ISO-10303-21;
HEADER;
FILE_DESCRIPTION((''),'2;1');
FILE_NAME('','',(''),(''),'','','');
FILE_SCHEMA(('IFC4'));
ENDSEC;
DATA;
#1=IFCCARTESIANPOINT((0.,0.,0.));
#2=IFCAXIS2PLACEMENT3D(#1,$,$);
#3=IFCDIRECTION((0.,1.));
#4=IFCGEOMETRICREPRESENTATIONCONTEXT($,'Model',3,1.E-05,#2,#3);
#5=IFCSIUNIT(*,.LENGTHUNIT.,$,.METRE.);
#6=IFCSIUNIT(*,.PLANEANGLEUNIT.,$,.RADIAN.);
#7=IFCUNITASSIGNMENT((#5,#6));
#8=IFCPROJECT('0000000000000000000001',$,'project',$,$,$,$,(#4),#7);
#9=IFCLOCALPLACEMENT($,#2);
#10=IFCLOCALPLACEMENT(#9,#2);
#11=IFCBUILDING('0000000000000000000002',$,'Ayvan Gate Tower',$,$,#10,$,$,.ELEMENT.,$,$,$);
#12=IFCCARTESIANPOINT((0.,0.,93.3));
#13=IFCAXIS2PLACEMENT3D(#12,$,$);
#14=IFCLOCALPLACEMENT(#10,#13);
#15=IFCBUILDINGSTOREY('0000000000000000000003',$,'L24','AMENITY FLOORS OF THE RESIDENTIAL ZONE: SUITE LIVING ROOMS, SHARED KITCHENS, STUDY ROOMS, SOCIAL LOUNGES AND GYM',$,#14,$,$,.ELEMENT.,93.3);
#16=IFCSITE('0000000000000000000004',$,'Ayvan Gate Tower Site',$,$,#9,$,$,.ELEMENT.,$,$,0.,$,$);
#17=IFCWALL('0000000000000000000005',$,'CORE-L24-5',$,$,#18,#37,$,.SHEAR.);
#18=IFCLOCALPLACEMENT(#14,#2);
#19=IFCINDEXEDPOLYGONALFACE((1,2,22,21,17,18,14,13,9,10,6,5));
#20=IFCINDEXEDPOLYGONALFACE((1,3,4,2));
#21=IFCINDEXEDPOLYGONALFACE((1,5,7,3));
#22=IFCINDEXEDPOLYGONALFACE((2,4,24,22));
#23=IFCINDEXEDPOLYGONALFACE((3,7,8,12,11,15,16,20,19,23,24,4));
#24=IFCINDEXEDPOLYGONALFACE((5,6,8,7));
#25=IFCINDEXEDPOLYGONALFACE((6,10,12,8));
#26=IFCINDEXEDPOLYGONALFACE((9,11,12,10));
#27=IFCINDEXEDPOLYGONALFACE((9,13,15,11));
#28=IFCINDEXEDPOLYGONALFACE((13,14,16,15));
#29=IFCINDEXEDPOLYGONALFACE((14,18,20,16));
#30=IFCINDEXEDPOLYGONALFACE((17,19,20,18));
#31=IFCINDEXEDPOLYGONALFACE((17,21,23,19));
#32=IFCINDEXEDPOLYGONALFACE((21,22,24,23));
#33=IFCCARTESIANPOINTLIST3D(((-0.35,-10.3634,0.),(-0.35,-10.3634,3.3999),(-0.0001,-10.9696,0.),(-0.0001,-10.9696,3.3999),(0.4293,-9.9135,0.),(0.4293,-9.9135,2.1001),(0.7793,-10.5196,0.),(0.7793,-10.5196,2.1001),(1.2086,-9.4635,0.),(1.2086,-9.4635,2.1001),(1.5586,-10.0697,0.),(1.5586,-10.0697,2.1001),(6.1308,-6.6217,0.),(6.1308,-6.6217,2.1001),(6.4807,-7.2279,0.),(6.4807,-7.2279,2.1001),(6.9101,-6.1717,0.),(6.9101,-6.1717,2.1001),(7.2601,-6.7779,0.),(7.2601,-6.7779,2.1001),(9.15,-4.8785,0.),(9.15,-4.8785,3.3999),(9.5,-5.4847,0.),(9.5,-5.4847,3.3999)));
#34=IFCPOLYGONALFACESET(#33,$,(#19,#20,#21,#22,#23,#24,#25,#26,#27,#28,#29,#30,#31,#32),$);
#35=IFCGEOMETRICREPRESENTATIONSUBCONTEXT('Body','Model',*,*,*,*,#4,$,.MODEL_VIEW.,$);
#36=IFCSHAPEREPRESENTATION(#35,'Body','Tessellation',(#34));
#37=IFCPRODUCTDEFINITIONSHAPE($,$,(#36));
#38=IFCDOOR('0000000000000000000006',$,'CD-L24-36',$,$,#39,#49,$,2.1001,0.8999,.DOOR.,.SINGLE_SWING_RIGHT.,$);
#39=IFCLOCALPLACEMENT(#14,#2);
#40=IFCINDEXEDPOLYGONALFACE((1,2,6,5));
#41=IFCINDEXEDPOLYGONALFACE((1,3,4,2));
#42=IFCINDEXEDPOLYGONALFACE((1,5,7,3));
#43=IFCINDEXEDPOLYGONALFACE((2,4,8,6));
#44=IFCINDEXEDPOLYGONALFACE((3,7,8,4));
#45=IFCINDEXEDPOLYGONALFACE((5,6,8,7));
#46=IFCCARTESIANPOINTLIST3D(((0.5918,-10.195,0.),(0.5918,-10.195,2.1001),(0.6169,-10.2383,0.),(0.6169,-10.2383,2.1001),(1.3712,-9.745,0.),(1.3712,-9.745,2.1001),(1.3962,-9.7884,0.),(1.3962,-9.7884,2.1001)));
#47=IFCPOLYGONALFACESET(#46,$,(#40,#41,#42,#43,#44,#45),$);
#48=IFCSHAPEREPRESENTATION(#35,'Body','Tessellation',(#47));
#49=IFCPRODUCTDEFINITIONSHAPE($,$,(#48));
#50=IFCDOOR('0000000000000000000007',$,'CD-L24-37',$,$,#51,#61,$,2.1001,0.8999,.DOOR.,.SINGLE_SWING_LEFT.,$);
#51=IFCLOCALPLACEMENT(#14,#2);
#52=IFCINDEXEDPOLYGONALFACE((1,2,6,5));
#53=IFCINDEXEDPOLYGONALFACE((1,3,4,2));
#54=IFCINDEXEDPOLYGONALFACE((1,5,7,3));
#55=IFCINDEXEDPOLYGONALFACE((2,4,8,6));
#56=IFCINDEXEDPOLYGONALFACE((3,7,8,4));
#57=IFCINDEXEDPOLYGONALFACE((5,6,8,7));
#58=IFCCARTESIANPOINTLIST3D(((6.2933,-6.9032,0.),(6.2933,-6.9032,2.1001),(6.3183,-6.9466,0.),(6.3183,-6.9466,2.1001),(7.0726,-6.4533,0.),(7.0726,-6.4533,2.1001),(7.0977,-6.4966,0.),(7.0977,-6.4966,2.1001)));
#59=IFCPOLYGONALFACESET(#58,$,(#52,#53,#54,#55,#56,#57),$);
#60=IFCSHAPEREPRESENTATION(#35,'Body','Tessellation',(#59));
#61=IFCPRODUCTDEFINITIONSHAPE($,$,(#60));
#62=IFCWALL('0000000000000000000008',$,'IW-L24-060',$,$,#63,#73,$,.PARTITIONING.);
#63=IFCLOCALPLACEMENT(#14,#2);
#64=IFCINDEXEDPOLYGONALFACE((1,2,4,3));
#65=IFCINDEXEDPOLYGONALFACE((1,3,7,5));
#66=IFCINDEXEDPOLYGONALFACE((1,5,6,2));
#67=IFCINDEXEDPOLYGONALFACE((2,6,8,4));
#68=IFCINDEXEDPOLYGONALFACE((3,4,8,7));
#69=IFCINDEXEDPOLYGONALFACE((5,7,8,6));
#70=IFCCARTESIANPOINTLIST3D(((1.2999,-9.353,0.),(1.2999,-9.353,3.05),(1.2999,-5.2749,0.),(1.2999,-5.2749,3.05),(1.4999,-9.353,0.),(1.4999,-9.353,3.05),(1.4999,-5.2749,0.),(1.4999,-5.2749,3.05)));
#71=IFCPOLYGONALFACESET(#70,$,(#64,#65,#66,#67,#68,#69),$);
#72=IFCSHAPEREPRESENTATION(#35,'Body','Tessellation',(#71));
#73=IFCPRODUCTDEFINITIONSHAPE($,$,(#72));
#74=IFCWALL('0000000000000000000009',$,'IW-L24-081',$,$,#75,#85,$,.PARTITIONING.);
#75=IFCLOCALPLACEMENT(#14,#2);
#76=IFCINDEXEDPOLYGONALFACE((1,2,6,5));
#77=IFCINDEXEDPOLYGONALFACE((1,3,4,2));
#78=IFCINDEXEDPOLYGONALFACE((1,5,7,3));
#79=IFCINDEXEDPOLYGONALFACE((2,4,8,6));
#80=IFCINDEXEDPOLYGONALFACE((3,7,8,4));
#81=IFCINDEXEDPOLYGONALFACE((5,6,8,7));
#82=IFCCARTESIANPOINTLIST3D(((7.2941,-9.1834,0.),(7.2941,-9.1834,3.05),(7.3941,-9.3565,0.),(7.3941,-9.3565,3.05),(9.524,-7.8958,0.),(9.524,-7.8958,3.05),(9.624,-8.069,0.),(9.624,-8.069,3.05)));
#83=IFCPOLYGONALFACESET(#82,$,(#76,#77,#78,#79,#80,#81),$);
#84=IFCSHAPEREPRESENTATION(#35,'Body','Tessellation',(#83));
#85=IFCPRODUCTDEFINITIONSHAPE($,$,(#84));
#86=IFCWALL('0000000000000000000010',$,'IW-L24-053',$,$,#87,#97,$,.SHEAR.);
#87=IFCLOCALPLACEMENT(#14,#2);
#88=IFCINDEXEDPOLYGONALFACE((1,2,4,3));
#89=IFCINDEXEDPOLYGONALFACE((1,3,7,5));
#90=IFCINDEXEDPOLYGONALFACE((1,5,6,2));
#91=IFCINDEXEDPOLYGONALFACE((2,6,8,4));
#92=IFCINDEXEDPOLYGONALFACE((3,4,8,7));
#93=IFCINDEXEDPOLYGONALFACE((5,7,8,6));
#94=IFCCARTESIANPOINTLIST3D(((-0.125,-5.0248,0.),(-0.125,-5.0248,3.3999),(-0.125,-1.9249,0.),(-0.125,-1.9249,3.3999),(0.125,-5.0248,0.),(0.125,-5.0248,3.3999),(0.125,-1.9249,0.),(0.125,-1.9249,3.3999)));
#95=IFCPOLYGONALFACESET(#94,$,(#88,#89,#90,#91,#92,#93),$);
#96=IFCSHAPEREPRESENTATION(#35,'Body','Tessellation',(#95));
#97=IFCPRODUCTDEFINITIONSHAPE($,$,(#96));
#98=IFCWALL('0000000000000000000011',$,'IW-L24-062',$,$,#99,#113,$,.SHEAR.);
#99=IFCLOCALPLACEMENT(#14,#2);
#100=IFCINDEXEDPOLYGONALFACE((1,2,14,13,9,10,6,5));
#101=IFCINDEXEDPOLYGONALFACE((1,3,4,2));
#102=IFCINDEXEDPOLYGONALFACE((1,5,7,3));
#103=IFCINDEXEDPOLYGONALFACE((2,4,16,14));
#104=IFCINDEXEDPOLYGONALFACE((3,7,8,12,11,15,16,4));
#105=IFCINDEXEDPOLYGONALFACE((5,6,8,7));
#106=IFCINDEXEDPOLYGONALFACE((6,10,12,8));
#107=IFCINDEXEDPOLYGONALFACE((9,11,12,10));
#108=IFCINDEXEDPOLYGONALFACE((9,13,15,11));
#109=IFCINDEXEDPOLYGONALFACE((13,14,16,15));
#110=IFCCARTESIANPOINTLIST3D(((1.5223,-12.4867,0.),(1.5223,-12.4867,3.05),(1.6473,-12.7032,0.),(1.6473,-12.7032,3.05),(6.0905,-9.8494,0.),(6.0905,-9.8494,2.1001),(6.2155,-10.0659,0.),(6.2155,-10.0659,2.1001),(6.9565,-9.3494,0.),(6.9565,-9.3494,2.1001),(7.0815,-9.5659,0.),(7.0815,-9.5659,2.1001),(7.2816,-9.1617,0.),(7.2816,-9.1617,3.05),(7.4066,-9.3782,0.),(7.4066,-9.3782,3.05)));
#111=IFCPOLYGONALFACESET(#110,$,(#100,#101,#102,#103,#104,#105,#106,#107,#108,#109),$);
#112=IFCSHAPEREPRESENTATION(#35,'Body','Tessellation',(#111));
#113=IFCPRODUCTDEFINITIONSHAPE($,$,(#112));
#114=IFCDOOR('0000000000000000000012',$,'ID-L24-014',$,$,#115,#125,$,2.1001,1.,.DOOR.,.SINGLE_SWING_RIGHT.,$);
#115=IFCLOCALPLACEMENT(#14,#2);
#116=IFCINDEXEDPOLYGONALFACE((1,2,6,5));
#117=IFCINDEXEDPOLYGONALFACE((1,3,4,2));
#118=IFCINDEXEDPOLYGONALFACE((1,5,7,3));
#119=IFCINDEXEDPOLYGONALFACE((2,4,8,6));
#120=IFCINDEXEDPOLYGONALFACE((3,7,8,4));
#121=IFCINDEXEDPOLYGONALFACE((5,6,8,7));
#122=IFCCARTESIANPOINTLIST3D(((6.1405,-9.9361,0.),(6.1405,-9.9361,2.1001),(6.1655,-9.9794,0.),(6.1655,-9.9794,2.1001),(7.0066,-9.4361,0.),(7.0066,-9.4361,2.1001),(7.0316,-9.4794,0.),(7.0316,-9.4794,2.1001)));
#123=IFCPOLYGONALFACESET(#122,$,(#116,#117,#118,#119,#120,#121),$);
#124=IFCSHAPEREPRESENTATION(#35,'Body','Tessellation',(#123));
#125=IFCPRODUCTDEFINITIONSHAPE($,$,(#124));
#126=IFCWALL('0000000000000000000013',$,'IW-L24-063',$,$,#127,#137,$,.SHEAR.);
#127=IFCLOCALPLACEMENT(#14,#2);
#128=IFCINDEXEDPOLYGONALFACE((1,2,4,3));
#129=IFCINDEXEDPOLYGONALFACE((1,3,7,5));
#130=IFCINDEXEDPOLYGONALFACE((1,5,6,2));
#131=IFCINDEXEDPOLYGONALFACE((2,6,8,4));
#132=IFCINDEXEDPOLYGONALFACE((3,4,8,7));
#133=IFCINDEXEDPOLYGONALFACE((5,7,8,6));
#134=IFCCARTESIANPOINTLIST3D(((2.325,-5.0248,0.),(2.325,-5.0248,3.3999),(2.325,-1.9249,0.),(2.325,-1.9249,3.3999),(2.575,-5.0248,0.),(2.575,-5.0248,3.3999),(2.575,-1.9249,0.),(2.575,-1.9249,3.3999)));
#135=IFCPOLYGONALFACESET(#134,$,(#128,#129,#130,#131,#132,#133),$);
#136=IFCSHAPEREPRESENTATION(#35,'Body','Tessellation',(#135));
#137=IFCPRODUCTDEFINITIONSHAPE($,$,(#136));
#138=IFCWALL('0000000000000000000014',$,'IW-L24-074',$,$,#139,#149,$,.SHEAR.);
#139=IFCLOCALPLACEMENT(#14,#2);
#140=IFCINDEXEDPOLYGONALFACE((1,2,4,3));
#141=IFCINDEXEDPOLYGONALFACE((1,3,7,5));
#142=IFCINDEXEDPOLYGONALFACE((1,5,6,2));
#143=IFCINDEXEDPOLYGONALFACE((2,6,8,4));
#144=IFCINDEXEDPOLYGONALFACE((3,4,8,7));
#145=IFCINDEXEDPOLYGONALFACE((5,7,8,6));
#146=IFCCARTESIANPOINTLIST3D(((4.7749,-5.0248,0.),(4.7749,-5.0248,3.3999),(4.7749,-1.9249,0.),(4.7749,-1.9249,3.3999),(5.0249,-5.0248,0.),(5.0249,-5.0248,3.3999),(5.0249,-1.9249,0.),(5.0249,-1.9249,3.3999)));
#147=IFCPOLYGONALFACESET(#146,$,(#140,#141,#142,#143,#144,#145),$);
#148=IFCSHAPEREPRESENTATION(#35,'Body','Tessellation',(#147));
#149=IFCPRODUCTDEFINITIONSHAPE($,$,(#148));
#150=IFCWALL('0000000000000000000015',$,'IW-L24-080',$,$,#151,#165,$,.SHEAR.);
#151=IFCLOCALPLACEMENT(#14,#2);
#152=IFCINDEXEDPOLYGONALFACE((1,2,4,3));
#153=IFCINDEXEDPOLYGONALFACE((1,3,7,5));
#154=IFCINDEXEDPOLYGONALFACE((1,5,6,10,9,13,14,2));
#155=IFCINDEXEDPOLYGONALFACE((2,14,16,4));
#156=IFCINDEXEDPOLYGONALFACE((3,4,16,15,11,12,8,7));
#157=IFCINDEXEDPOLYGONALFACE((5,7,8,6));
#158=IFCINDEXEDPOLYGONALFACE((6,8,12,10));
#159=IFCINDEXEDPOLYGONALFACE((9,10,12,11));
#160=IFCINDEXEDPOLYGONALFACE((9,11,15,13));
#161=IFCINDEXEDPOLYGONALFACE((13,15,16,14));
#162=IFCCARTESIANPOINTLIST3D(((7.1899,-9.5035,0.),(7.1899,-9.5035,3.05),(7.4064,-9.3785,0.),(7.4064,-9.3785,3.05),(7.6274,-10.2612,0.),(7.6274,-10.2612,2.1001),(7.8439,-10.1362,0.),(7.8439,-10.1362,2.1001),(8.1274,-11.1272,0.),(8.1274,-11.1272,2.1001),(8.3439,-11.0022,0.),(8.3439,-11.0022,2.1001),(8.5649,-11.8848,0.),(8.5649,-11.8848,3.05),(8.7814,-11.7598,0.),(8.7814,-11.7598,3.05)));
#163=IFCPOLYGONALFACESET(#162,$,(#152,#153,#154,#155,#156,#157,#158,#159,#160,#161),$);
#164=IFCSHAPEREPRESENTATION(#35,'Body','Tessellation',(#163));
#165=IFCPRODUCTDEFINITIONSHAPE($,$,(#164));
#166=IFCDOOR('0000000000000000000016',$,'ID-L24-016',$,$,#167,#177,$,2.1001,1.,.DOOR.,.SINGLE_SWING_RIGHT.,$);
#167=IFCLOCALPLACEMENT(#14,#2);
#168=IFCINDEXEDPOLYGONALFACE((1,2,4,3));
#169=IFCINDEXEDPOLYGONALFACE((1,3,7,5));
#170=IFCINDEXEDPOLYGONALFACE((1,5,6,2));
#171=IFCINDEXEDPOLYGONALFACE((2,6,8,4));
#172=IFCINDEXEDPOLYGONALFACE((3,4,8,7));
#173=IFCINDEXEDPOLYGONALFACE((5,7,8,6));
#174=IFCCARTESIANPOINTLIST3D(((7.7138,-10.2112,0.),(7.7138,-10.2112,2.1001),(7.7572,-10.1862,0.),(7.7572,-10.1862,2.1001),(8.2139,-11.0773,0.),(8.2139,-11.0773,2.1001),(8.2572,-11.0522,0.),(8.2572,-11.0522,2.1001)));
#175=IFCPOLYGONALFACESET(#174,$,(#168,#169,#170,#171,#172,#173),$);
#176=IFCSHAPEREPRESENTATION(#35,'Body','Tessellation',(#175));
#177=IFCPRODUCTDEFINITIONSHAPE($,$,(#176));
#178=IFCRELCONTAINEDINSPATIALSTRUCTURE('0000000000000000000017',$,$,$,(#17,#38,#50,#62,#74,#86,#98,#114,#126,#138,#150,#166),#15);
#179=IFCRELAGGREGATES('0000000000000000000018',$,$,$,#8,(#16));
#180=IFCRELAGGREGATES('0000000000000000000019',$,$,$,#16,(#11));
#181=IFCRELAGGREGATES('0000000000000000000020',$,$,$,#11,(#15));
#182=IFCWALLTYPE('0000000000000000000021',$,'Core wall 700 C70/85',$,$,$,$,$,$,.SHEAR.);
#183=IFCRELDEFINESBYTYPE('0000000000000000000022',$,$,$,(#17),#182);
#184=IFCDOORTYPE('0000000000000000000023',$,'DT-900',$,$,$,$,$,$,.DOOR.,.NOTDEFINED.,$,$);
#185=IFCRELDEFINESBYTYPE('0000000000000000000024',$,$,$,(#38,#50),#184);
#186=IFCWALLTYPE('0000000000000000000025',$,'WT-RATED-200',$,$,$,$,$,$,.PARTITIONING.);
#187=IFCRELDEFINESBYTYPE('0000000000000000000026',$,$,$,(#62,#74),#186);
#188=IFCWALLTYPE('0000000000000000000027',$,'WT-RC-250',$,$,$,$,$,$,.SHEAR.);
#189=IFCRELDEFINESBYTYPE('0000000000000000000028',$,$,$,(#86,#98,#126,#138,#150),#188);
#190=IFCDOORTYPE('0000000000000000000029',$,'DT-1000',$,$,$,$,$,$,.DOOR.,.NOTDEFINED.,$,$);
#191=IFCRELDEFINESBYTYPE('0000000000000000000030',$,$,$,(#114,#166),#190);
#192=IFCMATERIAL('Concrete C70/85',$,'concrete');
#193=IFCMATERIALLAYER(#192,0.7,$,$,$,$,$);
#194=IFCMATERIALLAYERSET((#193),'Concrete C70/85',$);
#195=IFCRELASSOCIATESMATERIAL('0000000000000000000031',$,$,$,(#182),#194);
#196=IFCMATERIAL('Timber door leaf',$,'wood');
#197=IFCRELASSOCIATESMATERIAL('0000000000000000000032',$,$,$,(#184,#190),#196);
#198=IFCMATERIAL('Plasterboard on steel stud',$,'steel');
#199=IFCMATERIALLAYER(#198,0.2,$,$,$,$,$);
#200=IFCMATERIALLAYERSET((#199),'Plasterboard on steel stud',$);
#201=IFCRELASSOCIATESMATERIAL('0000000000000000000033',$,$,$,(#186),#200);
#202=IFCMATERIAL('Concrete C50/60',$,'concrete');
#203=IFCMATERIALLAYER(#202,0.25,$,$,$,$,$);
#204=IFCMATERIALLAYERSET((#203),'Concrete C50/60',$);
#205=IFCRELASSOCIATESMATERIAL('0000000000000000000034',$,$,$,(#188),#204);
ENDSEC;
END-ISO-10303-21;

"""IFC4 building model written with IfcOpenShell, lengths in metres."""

from ifc_helpers import new_model, si_unit, direction, frame, frame_2d, origin, place, context, subcontext, project, spatial, rectangle, extrude, material, layer, layer_set, type_object, element, fill, save


model = new_model("IFC4")

# Units and contexts
model_context = context("Model", 3, precision=1e-05, world=origin(), true_north=direction((0.0, 1.0)))
body_context = subcontext(model_context, "Body", "Model", "MODEL_VIEW")
ifc_project = project(units=[si_unit("LENGTHUNIT", "METRE"), si_unit("PLANEANGLEUNIT", "RADIAN")], contexts=[model_context])

# Site, building, storey
site_placement = place(None, origin())
site = spatial("IfcSite", under=ifc_project, at=site_placement, Name="Ayvan Gate Tower Site", CompositionType="ELEMENT", RefElevation=0.0)
building_placement = place(site_placement, origin())
building = spatial("IfcBuilding", under=site, at=building_placement, Name="Ayvan Gate Tower", CompositionType="ELEMENT")
storey_placement = place(building_placement, frame((0.0, 0.0, 93.3)))
storey = spatial("IfcBuildingStorey", under=building, at=storey_placement, Name="L24", Description="AMENITY FLOORS OF THE RESIDENTIAL ZONE: SUITE LIVING ROOMS, SHARED KITCHENS, STUDY ROOMS, SOCIAL LOUNGES AND GYM", CompositionType="ELEMENT", Elevation=93.3)

# Wall, openings, doors
ifc_material_1 = material(Name="Concrete C70/85", Category="concrete")
ifc_layer_1 = layer(ifc_material_1, 0.7)
ifc_layer_set_1 = layer_set([ifc_layer_1], Name="Concrete C70/85")
wall_type_1 = type_object("IfcWallType", Name="Core wall 700 C70/85", PredefinedType="SHEAR", material=ifc_layer_set_1)
wall_1_placement = place(storey_placement, frame((-0.175, -10.6665, 0.0), z_axis=(0.0, 0.0, 1.0), x_axis=(0.866024, 0.500002, 0.0)))
wall_1 = element("IfcWall", 1, at=wall_1_placement, inside=storey, type_object=wall_type_1, Name="CORE-L24-5", PredefinedType="SHEAR", context=body_context, shape_type="SweptSolid", body=[
    extrude(rectangle(XDim=10.9697, YDim=0.7, at=frame_2d((5.4849, 0.0))), origin(), (0.0, 0.0, 1.0), 3.3999),
])
opening_1_placement = place(wall_1_placement, frame((0.8999, 0.0, 0.0)))
opening_1 = element("IfcOpeningElement", 2, at=opening_1_placement, cuts=wall_1, PredefinedType="OPENING", context=body_context, shape_type="SweptSolid", body=[
    extrude(rectangle(XDim=0.8999, YDim=2.1001, at=frame_2d((0.45, 1.05))), frame((0.0, 0.3599, 0.0), z_axis=(0.0, -1.0, 0.0), x_axis=(1.0, 0.0, 0.0)), (0.0, 0.0, 1.0), 0.72),
])
opening_2_placement = place(wall_1_placement, frame((7.4834, 0.0, 0.0)))
opening_2 = element("IfcOpeningElement", 3, at=opening_2_placement, cuts=wall_1, PredefinedType="OPENING", context=body_context, shape_type="SweptSolid", body=[
    extrude(rectangle(XDim=0.8999, YDim=2.1001, at=frame_2d((0.45, 1.05))), frame((0.0, 0.3599, 0.0), z_axis=(0.0, -1.0, 0.0), x_axis=(1.0, 0.0, 0.0)), (0.0, 0.0, 1.0), 0.72),
])
ifc_material_2 = material(Name="Timber door leaf", Category="wood")
door_type_1 = type_object("IfcDoorType", Name="DT-900", OperationType="NOTDEFINED", PredefinedType="DOOR", material=ifc_material_2)
door_1_placement = place(opening_1_placement, origin())
door_1 = element("IfcDoor", 4, at=door_1_placement, inside=storey, type_object=door_type_1, Name="CD-L24-36", OperationType="SINGLE_SWING_RIGHT", OverallHeight=2.1001, OverallWidth=0.8999, PredefinedType="DOOR", context=body_context, shape_type="SweptSolid", body=[
    extrude(rectangle(XDim=0.8999, YDim=2.1001, at=frame_2d((0.45, 1.05))), frame((0.0, 0.0249, 0.0), z_axis=(0.0, -1.0, 0.0), x_axis=(1.0, 0.0, 0.0)), (0.0, 0.0, 1.0), 0.05),
])
fill(opening_1, door_1)
door_2_placement = place(opening_2_placement, origin())
door_2 = element("IfcDoor", 5, at=door_2_placement, inside=storey, type_object=door_type_1, Name="CD-L24-37", OperationType="SINGLE_SWING_LEFT", OverallHeight=2.1001, OverallWidth=0.8999, PredefinedType="DOOR", context=body_context, shape_type="SweptSolid", body=[
    extrude(rectangle(XDim=0.8999, YDim=2.1001, at=frame_2d((0.45, 1.05))), frame((0.0, 0.0249, 0.0), z_axis=(0.0, -1.0, 0.0), x_axis=(1.0, 0.0, 0.0)), (0.0, 0.0, 1.0), 0.05),
])
fill(opening_2, door_2)

# Walls
ifc_material_3 = material(Name="Plasterboard on steel stud", Category="steel")
ifc_layer_2 = layer(ifc_material_3, 0.2)
ifc_layer_set_2 = layer_set([ifc_layer_2], Name="Plasterboard on steel stud")
wall_type_2 = type_object("IfcWallType", Name="WT-RATED-200", PredefinedType="PARTITIONING", material=ifc_layer_set_2)
wall_2_placement = place(storey_placement, frame((1.3999, -5.2749, 0.0), z_axis=(0.0, 0.0, 1.0), x_axis=(0.0, -1.0, 0.0)))
element("IfcWall", 6, at=wall_2_placement, inside=storey, type_object=wall_type_2, Name="IW-L24-060", PredefinedType="PARTITIONING", context=body_context, shape_type="SweptSolid", body=[
    extrude(rectangle(XDim=4.0781, YDim=0.2, at=frame_2d((2.0391, 0.0))), origin(), (0.0, 0.0, 1.0), 3.05),
])
wall_3_placement = place(storey_placement, frame((7.344, -9.27, 0.0), z_axis=(0.0, 0.0, 1.0), x_axis=(0.866006, 0.500034, 0.0)))
element("IfcWall", 7, at=wall_3_placement, inside=storey, type_object=wall_type_2, Name="IW-L24-081", PredefinedType="PARTITIONING", context=body_context, shape_type="SweptSolid", body=[
    extrude(rectangle(XDim=2.575, YDim=0.2, at=frame_2d((1.2876, 0.0))), origin(), (0.0, 0.0, 1.0), 3.05),
])
ifc_material_4 = material(Name="Concrete C50/60", Category="concrete")
ifc_layer_3 = layer(ifc_material_4, 0.25)
ifc_layer_set_3 = layer_set([ifc_layer_3], Name="Concrete C50/60")
wall_type_3 = type_object("IfcWallType", Name="WT-RC-250", PredefinedType="SHEAR", material=ifc_layer_set_3)
wall_4_placement = place(storey_placement, frame((0.0, -1.925, 0.0), z_axis=(0.0, 0.0, 1.0), x_axis=(0.0, -1.0, 0.0)))
element("IfcWall", 8, at=wall_4_placement, inside=storey, type_object=wall_type_3, Name="IW-L24-053", PredefinedType="SHEAR", context=body_context, shape_type="SweptSolid", body=[
    extrude(rectangle(XDim=3.0999, YDim=0.25, at=frame_2d((1.5498, 0.0))), origin(), (0.0, 0.0, 1.0), 3.3999),
])

# Wall, opening, door
wall_5_placement = place(storey_placement, frame((1.5847, -12.595, 0.0), z_axis=(0.0, 0.0, 1.0), x_axis=(0.866036, 0.499981, 0.0)))
wall_5 = element("IfcWall", 9, at=wall_5_placement, inside=storey, type_object=wall_type_3, Name="IW-L24-062", PredefinedType="SHEAR", context=body_context, shape_type="SweptSolid", body=[
    extrude(rectangle(XDim=6.6501, YDim=0.25, at=frame_2d((3.3252, 0.0))), origin(), (0.0, 0.0, 1.0), 3.05),
])
opening_3_placement = place(wall_5_placement, frame((5.2749, 0.0, 0.0)))
opening_3 = element("IfcOpeningElement", 10, at=opening_3_placement, cuts=wall_5, PredefinedType="OPENING", context=body_context, shape_type="SweptSolid", body=[
    extrude(rectangle(XDim=1.0, YDim=2.1001, at=frame_2d((0.5, 1.05))), frame((0.0, 0.135, 0.0), z_axis=(0.0, -1.0, 0.0), x_axis=(1.0, 0.0, 0.0)), (0.0, 0.0, 1.0), 0.27),
])
door_type_2 = type_object("IfcDoorType", Name="DT-1000", OperationType="NOTDEFINED", PredefinedType="DOOR", material=ifc_material_2)
door_3_placement = place(opening_3_placement, origin())
door_3 = element("IfcDoor", 11, at=door_3_placement, inside=storey, type_object=door_type_2, Name="ID-L24-014", OperationType="SINGLE_SWING_RIGHT", OverallHeight=2.1001, OverallWidth=1.0, PredefinedType="DOOR", context=body_context, shape_type="SweptSolid", body=[
    extrude(rectangle(XDim=1.0, YDim=2.1001, at=frame_2d((0.5, 1.05))), frame((0.0, 0.0249, 0.0), z_axis=(0.0, -1.0, 0.0), x_axis=(1.0, 0.0, 0.0)), (0.0, 0.0, 1.0), 0.05),
])
fill(opening_3, door_3)

# Walls
for number, where, z_axis, x_axis, name in (
    (12, (2.45, -1.925, 0.0), (0.0, 0.0, 1.0), (0.0, -1.0, 0.0), "IW-L24-063"),
    (13, (4.8999, -1.925, 0.0), (0.0, 0.0, 1.0), (0.0, -1.0, 0.0), "IW-L24-074"),
):
    element("IfcWall", number, at=place(storey_placement, frame(where, z_axis=z_axis, x_axis=x_axis)), inside=storey, type_object=wall_type_3, Name=name, PredefinedType="SHEAR", context=body_context, shape_type="SweptSolid", body=[
        extrude(rectangle(XDim=3.0999, YDim=0.25, at=frame_2d((1.5498, 0.0))), origin(), (0.0, 0.0, 1.0), 3.3999),
    ])

# Wall, opening, door
wall_6_placement = place(storey_placement, frame((7.2981, -9.4409, 0.0), z_axis=(0.0, 0.0, 1.0), x_axis=(0.500035, -0.866005, 0.0)))
wall_6 = element("IfcWall", 14, at=wall_6_placement, inside=storey, type_object=wall_type_3, Name="IW-L24-080", PredefinedType="SHEAR", context=body_context, shape_type="SweptSolid", body=[
    extrude(rectangle(XDim=2.7498, YDim=0.25, at=frame_2d((1.375, 0.0))), origin(), (0.0, 0.0, 1.0), 3.05),
])
opening_4_placement = place(wall_6_placement, frame((0.875, 0.0, 0.0)))
opening_4 = element("IfcOpeningElement", 15, at=opening_4_placement, cuts=wall_6, PredefinedType="OPENING", context=body_context, shape_type="SweptSolid", body=[
    extrude(rectangle(XDim=1.0, YDim=2.1001, at=frame_2d((0.5, 1.05))), frame((0.0, 0.135, 0.0), z_axis=(0.0, -1.0, 0.0), x_axis=(1.0, 0.0, 0.0)), (0.0, 0.0, 1.0), 0.27),
])
door_4_placement = place(opening_4_placement, origin())
door_4 = element("IfcDoor", 16, at=door_4_placement, inside=storey, type_object=door_type_2, Name="ID-L24-016", OperationType="SINGLE_SWING_RIGHT", OverallHeight=2.1001, OverallWidth=1.0, PredefinedType="DOOR", context=body_context, shape_type="SweptSolid", body=[
    extrude(rectangle(XDim=1.0, YDim=2.1001, at=frame_2d((0.5, 1.05))), frame((0.0, 0.0249, 0.0), z_axis=(0.0, -1.0, 0.0), x_axis=(1.0, 0.0, 0.0)), (0.0, 0.0, 1.0), 0.05),
])
fill(opening_4, door_4)

save(model, "model.ifc")
